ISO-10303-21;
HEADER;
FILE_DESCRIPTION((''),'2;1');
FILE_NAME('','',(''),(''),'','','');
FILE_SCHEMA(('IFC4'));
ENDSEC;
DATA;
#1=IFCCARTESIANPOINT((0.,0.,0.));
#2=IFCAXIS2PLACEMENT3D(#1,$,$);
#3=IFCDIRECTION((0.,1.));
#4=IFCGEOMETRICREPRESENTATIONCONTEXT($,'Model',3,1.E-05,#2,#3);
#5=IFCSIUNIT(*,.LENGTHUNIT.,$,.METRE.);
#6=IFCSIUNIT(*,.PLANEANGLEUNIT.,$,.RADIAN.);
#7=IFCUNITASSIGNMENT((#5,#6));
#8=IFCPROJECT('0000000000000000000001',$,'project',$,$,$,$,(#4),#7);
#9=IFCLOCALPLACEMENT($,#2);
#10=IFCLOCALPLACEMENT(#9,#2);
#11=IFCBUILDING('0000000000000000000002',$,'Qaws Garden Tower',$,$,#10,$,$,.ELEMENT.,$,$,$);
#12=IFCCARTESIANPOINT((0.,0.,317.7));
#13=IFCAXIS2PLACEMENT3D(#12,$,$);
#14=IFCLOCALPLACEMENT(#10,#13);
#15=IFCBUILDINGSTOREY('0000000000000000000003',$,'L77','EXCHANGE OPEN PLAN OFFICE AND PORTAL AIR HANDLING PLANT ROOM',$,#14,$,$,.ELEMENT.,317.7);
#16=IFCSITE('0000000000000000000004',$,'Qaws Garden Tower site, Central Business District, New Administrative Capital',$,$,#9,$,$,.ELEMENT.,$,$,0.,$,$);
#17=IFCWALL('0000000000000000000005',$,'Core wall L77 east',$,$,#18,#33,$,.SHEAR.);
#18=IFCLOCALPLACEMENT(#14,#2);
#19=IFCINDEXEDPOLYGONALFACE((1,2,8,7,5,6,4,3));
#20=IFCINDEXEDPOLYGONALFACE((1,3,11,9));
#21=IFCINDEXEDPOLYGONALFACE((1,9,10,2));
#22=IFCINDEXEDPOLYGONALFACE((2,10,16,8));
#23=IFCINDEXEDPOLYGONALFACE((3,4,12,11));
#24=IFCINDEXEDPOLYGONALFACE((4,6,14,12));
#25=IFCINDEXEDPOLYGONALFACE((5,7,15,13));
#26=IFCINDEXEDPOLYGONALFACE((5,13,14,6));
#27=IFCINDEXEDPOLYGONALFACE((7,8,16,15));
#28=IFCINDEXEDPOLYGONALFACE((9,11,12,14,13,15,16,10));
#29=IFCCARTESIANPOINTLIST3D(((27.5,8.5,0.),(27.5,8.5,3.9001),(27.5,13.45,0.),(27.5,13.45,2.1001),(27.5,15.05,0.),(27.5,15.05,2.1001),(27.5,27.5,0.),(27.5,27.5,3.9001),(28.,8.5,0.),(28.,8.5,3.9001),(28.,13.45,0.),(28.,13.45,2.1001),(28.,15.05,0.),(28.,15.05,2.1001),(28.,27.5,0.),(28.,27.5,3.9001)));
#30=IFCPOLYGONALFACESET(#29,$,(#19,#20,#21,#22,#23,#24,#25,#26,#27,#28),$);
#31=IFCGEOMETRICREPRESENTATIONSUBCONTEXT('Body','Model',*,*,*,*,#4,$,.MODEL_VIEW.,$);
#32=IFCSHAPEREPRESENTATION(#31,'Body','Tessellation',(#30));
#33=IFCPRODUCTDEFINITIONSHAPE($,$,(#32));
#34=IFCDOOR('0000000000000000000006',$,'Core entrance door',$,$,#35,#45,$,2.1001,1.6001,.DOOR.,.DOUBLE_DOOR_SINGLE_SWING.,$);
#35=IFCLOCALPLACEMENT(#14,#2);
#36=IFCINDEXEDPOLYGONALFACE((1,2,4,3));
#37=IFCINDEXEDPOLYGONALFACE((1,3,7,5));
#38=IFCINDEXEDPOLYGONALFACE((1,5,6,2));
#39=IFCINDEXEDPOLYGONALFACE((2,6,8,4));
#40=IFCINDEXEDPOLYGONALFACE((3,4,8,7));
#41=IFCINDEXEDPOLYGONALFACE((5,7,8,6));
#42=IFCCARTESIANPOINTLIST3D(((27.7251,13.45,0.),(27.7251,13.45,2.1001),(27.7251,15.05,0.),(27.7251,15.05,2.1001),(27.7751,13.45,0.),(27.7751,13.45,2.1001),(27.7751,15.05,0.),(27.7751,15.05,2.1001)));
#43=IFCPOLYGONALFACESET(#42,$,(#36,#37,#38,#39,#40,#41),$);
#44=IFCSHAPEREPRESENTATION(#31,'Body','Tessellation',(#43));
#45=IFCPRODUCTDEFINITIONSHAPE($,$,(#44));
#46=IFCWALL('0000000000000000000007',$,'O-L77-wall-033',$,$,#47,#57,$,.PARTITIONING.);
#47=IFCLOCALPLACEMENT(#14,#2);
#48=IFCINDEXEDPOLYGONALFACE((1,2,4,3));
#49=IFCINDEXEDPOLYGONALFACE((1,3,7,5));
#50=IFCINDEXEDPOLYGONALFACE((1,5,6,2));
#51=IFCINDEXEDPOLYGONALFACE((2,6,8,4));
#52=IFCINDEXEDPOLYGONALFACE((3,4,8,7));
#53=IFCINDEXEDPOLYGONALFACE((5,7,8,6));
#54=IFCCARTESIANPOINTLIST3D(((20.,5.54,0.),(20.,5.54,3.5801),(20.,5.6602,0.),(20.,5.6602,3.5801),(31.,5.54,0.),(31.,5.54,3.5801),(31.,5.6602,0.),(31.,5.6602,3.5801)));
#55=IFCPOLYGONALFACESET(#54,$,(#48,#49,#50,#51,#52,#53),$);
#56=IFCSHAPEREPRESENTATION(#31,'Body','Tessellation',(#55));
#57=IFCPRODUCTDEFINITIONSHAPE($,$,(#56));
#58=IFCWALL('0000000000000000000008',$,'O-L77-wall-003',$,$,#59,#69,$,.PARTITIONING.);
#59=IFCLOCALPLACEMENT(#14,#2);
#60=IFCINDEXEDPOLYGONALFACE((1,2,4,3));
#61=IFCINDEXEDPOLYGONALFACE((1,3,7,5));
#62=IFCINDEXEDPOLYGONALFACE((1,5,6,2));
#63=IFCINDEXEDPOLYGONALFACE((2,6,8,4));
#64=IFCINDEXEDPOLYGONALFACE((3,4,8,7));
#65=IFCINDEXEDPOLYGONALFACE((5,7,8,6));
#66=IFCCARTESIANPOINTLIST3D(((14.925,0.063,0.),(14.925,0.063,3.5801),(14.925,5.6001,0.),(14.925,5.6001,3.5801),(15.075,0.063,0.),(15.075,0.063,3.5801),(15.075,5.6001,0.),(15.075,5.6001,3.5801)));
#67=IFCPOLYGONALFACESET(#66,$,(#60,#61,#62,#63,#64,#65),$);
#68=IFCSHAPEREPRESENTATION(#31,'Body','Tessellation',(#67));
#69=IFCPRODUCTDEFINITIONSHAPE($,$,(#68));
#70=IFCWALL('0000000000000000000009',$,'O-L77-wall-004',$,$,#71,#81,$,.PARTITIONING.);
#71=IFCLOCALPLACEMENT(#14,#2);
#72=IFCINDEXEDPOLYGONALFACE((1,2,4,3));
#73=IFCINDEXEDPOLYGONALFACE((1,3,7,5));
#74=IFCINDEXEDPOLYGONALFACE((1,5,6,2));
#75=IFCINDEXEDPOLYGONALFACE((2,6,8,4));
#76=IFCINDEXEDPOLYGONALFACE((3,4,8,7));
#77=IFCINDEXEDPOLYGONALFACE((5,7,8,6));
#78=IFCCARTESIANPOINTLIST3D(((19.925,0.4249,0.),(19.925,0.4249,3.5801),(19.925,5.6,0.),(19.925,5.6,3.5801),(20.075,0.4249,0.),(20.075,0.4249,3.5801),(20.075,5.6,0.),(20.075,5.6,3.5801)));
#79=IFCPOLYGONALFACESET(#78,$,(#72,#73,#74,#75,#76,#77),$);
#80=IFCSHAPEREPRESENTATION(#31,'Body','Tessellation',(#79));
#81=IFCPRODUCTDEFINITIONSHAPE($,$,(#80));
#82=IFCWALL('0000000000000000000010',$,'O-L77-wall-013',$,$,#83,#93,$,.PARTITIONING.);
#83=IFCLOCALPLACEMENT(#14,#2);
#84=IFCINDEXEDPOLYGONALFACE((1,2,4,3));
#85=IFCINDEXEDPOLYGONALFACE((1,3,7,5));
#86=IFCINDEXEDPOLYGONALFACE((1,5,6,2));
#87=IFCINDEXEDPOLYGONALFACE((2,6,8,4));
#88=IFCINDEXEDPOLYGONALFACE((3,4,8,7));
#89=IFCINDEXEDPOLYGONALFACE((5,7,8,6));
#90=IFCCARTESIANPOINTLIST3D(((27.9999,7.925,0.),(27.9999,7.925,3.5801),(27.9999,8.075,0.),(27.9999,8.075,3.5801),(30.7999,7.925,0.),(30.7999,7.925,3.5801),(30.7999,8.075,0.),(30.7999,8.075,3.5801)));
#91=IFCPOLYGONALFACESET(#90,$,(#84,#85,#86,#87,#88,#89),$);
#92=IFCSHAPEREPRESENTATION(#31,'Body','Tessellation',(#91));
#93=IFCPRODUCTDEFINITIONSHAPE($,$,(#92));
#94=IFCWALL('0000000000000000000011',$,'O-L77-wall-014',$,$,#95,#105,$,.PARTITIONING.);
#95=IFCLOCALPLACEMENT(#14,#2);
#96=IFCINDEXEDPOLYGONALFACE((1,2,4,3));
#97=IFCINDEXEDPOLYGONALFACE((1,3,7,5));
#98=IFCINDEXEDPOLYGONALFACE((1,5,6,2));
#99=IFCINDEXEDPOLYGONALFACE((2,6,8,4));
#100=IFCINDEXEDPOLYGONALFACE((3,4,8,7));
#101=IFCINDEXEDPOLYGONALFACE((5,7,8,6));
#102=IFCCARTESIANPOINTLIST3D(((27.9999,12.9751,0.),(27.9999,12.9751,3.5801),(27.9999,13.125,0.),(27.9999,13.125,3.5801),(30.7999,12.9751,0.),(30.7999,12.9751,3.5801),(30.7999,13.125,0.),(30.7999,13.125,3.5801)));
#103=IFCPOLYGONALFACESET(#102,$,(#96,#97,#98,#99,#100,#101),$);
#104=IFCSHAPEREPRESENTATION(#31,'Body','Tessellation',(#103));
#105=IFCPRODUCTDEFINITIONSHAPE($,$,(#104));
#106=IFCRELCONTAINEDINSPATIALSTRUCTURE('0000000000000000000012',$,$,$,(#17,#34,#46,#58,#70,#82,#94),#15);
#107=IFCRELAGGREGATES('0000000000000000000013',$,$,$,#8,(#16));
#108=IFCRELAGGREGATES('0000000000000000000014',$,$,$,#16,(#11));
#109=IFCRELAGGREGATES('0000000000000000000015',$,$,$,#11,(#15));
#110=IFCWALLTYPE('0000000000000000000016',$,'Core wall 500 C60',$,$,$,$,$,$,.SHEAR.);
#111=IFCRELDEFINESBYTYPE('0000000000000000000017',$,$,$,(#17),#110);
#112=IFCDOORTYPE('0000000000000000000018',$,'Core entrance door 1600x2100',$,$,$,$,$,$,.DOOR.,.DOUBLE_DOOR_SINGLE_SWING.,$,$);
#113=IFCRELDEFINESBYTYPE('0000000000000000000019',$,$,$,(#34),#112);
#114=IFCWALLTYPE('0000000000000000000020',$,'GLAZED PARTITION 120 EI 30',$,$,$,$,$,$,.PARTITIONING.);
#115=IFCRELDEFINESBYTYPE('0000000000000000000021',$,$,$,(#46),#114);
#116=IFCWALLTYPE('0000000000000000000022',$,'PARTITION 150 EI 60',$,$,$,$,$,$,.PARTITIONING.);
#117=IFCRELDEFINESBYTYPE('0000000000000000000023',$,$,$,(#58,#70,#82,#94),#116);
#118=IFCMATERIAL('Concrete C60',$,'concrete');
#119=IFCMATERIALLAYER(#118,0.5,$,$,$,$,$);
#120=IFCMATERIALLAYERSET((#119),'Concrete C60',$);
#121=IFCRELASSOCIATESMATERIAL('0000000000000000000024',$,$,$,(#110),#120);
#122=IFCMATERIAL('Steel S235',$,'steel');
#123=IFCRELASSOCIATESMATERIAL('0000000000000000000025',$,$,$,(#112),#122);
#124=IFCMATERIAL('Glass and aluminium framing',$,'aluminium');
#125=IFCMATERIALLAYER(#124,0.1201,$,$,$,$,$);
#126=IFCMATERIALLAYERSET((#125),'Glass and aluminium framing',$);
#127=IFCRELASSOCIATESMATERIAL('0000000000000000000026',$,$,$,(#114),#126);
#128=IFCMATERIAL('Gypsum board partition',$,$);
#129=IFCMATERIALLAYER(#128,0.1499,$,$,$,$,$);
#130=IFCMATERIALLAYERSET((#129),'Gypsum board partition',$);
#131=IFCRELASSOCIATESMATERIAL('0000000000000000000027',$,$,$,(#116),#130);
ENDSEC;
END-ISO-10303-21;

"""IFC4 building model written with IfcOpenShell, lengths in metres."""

from ifc_helpers import new_model, si_unit, direction, frame, frame_2d, origin, place, context, subcontext, project, spatial, rectangle, extrude, material, layer, layer_set, type_object, element, fill, save


model = new_model("IFC4")

# Units and contexts
model_context = context("Model", 3, precision=1e-05, world=origin(), true_north=direction((0.0, 1.0)))
body_context = subcontext(model_context, "Body", "Model", "MODEL_VIEW")
ifc_project = project(units=[si_unit("LENGTHUNIT", "METRE"), si_unit("PLANEANGLEUNIT", "RADIAN")], contexts=[model_context])

# Site, building, storey
site_placement = place(None, origin())
site = spatial("IfcSite", under=ifc_project, at=site_placement, Name="Qaws Garden Tower site, Central Business District, New Administrative Capital", CompositionType="ELEMENT", RefElevation=0.0)
building_placement = place(site_placement, origin())
building = spatial("IfcBuilding", under=site, at=building_placement, Name="Qaws Garden Tower", CompositionType="ELEMENT")
storey_placement = place(building_placement, frame((0.0, 0.0, 317.7)))
storey = spatial("IfcBuildingStorey", under=building, at=storey_placement, Name="L77", Description="EXCHANGE OPEN PLAN OFFICE AND PORTAL AIR HANDLING PLANT ROOM", CompositionType="ELEMENT", Elevation=317.7)

# Wall, opening, door
ifc_material_1 = material(Name="Concrete C60", Category="concrete")
ifc_layer_1 = layer(ifc_material_1, 0.5)
ifc_layer_set_1 = layer_set([ifc_layer_1], Name="Concrete C60")
wall_type_1 = type_object("IfcWallType", Name="Core wall 500 C60", PredefinedType="SHEAR", material=ifc_layer_set_1)
wall_1_placement = place(storey_placement, frame((27.75, 8.5, 0.0), z_axis=(0.0, 0.0, 1.0), x_axis=(0.0, 1.0, 0.0)))
wall_1 = element("IfcWall", 1, at=wall_1_placement, inside=storey, type_object=wall_type_1, Name="Core wall L77 east", PredefinedType="SHEAR", context=body_context, shape_type="SweptSolid", body=[
    extrude(rectangle(XDim=19.0, YDim=0.5, at=frame_2d((9.5, 0.0))), origin(), (0.0, 0.0, 1.0), 3.9001),
])
opening_1_placement = place(wall_1_placement, frame((4.95, 0.0, 0.0)))
opening_1 = element("IfcOpeningElement", 2, at=opening_1_placement, cuts=wall_1, PredefinedType="OPENING", context=body_context, shape_type="SweptSolid", body=[
    extrude(rectangle(XDim=1.6001, YDim=2.1001, at=frame_2d((0.8, 1.05))), frame((0.0, 0.26, 0.0), z_axis=(0.0, -1.0, 0.0), x_axis=(1.0, 0.0, 0.0)), (0.0, 0.0, 1.0), 0.52),
])
ifc_material_2 = material(Name="Steel S235", Category="steel")
door_type_1 = type_object("IfcDoorType", Name="Core entrance door 1600x2100", OperationType="DOUBLE_DOOR_SINGLE_SWING", PredefinedType="DOOR", material=ifc_material_2)
door_1_placement = place(opening_1_placement, origin())
door_1 = element("IfcDoor", 3, at=door_1_placement, inside=storey, type_object=door_type_1, Name="Core entrance door", OperationType="DOUBLE_DOOR_SINGLE_SWING", OverallHeight=2.1001, OverallWidth=1.6001, PredefinedType="DOOR", context=body_context, shape_type="SweptSolid", body=[
    extrude(rectangle(XDim=1.6001, YDim=2.1001, at=frame_2d((0.8, 1.05))), frame((0.0, 0.0249, 0.0), z_axis=(0.0, -1.0, 0.0), x_axis=(1.0, 0.0, 0.0)), (0.0, 0.0, 1.0), 0.05),
])
fill(opening_1, door_1)

# Walls
ifc_material_3 = material(Name="Glass and aluminium framing", Category="aluminium")
ifc_layer_2 = layer(ifc_material_3, 0.1201)
ifc_layer_set_2 = layer_set([ifc_layer_2], Name="Glass and aluminium framing")
wall_type_2 = type_object("IfcWallType", Name="GLAZED PARTITION 120 EI 30", PredefinedType="PARTITIONING", material=ifc_layer_set_2)
wall_2_placement = place(storey_placement, frame((20.0, 5.6001, 0.0), z_axis=(0.0, 0.0, 1.0), x_axis=(1.0, 0.0, 0.0)))
element("IfcWall", 4, at=wall_2_placement, inside=storey, type_object=wall_type_2, Name="O-L77-wall-033", PredefinedType="PARTITIONING", context=body_context, shape_type="SweptSolid", body=[
    extrude(rectangle(XDim=11.0, YDim=0.1201, at=frame_2d((5.5, 0.0))), origin(), (0.0, 0.0, 1.0), 3.5801),
])
ifc_material_4 = material(Name="Gypsum board partition")
ifc_layer_3 = layer(ifc_material_4, 0.1499)
ifc_layer_set_3 = layer_set([ifc_layer_3], Name="Gypsum board partition")
wall_type_3 = type_object("IfcWallType", Name="PARTITION 150 EI 60", PredefinedType="PARTITIONING", material=ifc_layer_set_3)
wall_3_placement = place(storey_placement, frame((15.0, 0.063, 0.0), z_axis=(0.0, 0.0, 1.0), x_axis=(0.0, 1.0, 0.0)))
element("IfcWall", 5, at=wall_3_placement, inside=storey, type_object=wall_type_3, Name="O-L77-wall-003", PredefinedType="PARTITIONING", context=body_context, shape_type="SweptSolid", body=[
    extrude(rectangle(XDim=5.5371, YDim=0.1499, at=frame_2d((2.7686, 0.0))), origin(), (0.0, 0.0, 1.0), 3.5801),
])
wall_4_placement = place(storey_placement, frame((20.0, 0.425, 0.0), z_axis=(0.0, 0.0, 1.0), x_axis=(0.0, 1.0, 0.0)))
element("IfcWall", 6, at=wall_4_placement, inside=storey, type_object=wall_type_3, Name="O-L77-wall-004", PredefinedType="PARTITIONING", context=body_context, shape_type="SweptSolid", body=[
    extrude(rectangle(XDim=5.175, YDim=0.1499, at=frame_2d((2.5874, 0.0))), origin(), (0.0, 0.0, 1.0), 3.5801),
])
for number, where, z_axis, x_axis, name in (
    (7, (28.0, 8.0, 0.0), (0.0, 0.0, 1.0), (1.0, 0.0, 0.0), "O-L77-wall-013"),
    (8, (28.0, 13.05, 0.0), (0.0, 0.0, 1.0), (1.0, 0.0, 0.0), "O-L77-wall-014"),
):
    element("IfcWall", number, at=place(storey_placement, frame(where, z_axis=z_axis, x_axis=x_axis)), inside=storey, type_object=wall_type_3, Name=name, PredefinedType="PARTITIONING", context=body_context, shape_type="SweptSolid", body=[
        extrude(rectangle(XDim=2.8, YDim=0.1499, at=frame_2d((1.3999, 0.0))), origin(), (0.0, 0.0, 1.0), 3.5801),
    ])

save(model, "model.ifc")
